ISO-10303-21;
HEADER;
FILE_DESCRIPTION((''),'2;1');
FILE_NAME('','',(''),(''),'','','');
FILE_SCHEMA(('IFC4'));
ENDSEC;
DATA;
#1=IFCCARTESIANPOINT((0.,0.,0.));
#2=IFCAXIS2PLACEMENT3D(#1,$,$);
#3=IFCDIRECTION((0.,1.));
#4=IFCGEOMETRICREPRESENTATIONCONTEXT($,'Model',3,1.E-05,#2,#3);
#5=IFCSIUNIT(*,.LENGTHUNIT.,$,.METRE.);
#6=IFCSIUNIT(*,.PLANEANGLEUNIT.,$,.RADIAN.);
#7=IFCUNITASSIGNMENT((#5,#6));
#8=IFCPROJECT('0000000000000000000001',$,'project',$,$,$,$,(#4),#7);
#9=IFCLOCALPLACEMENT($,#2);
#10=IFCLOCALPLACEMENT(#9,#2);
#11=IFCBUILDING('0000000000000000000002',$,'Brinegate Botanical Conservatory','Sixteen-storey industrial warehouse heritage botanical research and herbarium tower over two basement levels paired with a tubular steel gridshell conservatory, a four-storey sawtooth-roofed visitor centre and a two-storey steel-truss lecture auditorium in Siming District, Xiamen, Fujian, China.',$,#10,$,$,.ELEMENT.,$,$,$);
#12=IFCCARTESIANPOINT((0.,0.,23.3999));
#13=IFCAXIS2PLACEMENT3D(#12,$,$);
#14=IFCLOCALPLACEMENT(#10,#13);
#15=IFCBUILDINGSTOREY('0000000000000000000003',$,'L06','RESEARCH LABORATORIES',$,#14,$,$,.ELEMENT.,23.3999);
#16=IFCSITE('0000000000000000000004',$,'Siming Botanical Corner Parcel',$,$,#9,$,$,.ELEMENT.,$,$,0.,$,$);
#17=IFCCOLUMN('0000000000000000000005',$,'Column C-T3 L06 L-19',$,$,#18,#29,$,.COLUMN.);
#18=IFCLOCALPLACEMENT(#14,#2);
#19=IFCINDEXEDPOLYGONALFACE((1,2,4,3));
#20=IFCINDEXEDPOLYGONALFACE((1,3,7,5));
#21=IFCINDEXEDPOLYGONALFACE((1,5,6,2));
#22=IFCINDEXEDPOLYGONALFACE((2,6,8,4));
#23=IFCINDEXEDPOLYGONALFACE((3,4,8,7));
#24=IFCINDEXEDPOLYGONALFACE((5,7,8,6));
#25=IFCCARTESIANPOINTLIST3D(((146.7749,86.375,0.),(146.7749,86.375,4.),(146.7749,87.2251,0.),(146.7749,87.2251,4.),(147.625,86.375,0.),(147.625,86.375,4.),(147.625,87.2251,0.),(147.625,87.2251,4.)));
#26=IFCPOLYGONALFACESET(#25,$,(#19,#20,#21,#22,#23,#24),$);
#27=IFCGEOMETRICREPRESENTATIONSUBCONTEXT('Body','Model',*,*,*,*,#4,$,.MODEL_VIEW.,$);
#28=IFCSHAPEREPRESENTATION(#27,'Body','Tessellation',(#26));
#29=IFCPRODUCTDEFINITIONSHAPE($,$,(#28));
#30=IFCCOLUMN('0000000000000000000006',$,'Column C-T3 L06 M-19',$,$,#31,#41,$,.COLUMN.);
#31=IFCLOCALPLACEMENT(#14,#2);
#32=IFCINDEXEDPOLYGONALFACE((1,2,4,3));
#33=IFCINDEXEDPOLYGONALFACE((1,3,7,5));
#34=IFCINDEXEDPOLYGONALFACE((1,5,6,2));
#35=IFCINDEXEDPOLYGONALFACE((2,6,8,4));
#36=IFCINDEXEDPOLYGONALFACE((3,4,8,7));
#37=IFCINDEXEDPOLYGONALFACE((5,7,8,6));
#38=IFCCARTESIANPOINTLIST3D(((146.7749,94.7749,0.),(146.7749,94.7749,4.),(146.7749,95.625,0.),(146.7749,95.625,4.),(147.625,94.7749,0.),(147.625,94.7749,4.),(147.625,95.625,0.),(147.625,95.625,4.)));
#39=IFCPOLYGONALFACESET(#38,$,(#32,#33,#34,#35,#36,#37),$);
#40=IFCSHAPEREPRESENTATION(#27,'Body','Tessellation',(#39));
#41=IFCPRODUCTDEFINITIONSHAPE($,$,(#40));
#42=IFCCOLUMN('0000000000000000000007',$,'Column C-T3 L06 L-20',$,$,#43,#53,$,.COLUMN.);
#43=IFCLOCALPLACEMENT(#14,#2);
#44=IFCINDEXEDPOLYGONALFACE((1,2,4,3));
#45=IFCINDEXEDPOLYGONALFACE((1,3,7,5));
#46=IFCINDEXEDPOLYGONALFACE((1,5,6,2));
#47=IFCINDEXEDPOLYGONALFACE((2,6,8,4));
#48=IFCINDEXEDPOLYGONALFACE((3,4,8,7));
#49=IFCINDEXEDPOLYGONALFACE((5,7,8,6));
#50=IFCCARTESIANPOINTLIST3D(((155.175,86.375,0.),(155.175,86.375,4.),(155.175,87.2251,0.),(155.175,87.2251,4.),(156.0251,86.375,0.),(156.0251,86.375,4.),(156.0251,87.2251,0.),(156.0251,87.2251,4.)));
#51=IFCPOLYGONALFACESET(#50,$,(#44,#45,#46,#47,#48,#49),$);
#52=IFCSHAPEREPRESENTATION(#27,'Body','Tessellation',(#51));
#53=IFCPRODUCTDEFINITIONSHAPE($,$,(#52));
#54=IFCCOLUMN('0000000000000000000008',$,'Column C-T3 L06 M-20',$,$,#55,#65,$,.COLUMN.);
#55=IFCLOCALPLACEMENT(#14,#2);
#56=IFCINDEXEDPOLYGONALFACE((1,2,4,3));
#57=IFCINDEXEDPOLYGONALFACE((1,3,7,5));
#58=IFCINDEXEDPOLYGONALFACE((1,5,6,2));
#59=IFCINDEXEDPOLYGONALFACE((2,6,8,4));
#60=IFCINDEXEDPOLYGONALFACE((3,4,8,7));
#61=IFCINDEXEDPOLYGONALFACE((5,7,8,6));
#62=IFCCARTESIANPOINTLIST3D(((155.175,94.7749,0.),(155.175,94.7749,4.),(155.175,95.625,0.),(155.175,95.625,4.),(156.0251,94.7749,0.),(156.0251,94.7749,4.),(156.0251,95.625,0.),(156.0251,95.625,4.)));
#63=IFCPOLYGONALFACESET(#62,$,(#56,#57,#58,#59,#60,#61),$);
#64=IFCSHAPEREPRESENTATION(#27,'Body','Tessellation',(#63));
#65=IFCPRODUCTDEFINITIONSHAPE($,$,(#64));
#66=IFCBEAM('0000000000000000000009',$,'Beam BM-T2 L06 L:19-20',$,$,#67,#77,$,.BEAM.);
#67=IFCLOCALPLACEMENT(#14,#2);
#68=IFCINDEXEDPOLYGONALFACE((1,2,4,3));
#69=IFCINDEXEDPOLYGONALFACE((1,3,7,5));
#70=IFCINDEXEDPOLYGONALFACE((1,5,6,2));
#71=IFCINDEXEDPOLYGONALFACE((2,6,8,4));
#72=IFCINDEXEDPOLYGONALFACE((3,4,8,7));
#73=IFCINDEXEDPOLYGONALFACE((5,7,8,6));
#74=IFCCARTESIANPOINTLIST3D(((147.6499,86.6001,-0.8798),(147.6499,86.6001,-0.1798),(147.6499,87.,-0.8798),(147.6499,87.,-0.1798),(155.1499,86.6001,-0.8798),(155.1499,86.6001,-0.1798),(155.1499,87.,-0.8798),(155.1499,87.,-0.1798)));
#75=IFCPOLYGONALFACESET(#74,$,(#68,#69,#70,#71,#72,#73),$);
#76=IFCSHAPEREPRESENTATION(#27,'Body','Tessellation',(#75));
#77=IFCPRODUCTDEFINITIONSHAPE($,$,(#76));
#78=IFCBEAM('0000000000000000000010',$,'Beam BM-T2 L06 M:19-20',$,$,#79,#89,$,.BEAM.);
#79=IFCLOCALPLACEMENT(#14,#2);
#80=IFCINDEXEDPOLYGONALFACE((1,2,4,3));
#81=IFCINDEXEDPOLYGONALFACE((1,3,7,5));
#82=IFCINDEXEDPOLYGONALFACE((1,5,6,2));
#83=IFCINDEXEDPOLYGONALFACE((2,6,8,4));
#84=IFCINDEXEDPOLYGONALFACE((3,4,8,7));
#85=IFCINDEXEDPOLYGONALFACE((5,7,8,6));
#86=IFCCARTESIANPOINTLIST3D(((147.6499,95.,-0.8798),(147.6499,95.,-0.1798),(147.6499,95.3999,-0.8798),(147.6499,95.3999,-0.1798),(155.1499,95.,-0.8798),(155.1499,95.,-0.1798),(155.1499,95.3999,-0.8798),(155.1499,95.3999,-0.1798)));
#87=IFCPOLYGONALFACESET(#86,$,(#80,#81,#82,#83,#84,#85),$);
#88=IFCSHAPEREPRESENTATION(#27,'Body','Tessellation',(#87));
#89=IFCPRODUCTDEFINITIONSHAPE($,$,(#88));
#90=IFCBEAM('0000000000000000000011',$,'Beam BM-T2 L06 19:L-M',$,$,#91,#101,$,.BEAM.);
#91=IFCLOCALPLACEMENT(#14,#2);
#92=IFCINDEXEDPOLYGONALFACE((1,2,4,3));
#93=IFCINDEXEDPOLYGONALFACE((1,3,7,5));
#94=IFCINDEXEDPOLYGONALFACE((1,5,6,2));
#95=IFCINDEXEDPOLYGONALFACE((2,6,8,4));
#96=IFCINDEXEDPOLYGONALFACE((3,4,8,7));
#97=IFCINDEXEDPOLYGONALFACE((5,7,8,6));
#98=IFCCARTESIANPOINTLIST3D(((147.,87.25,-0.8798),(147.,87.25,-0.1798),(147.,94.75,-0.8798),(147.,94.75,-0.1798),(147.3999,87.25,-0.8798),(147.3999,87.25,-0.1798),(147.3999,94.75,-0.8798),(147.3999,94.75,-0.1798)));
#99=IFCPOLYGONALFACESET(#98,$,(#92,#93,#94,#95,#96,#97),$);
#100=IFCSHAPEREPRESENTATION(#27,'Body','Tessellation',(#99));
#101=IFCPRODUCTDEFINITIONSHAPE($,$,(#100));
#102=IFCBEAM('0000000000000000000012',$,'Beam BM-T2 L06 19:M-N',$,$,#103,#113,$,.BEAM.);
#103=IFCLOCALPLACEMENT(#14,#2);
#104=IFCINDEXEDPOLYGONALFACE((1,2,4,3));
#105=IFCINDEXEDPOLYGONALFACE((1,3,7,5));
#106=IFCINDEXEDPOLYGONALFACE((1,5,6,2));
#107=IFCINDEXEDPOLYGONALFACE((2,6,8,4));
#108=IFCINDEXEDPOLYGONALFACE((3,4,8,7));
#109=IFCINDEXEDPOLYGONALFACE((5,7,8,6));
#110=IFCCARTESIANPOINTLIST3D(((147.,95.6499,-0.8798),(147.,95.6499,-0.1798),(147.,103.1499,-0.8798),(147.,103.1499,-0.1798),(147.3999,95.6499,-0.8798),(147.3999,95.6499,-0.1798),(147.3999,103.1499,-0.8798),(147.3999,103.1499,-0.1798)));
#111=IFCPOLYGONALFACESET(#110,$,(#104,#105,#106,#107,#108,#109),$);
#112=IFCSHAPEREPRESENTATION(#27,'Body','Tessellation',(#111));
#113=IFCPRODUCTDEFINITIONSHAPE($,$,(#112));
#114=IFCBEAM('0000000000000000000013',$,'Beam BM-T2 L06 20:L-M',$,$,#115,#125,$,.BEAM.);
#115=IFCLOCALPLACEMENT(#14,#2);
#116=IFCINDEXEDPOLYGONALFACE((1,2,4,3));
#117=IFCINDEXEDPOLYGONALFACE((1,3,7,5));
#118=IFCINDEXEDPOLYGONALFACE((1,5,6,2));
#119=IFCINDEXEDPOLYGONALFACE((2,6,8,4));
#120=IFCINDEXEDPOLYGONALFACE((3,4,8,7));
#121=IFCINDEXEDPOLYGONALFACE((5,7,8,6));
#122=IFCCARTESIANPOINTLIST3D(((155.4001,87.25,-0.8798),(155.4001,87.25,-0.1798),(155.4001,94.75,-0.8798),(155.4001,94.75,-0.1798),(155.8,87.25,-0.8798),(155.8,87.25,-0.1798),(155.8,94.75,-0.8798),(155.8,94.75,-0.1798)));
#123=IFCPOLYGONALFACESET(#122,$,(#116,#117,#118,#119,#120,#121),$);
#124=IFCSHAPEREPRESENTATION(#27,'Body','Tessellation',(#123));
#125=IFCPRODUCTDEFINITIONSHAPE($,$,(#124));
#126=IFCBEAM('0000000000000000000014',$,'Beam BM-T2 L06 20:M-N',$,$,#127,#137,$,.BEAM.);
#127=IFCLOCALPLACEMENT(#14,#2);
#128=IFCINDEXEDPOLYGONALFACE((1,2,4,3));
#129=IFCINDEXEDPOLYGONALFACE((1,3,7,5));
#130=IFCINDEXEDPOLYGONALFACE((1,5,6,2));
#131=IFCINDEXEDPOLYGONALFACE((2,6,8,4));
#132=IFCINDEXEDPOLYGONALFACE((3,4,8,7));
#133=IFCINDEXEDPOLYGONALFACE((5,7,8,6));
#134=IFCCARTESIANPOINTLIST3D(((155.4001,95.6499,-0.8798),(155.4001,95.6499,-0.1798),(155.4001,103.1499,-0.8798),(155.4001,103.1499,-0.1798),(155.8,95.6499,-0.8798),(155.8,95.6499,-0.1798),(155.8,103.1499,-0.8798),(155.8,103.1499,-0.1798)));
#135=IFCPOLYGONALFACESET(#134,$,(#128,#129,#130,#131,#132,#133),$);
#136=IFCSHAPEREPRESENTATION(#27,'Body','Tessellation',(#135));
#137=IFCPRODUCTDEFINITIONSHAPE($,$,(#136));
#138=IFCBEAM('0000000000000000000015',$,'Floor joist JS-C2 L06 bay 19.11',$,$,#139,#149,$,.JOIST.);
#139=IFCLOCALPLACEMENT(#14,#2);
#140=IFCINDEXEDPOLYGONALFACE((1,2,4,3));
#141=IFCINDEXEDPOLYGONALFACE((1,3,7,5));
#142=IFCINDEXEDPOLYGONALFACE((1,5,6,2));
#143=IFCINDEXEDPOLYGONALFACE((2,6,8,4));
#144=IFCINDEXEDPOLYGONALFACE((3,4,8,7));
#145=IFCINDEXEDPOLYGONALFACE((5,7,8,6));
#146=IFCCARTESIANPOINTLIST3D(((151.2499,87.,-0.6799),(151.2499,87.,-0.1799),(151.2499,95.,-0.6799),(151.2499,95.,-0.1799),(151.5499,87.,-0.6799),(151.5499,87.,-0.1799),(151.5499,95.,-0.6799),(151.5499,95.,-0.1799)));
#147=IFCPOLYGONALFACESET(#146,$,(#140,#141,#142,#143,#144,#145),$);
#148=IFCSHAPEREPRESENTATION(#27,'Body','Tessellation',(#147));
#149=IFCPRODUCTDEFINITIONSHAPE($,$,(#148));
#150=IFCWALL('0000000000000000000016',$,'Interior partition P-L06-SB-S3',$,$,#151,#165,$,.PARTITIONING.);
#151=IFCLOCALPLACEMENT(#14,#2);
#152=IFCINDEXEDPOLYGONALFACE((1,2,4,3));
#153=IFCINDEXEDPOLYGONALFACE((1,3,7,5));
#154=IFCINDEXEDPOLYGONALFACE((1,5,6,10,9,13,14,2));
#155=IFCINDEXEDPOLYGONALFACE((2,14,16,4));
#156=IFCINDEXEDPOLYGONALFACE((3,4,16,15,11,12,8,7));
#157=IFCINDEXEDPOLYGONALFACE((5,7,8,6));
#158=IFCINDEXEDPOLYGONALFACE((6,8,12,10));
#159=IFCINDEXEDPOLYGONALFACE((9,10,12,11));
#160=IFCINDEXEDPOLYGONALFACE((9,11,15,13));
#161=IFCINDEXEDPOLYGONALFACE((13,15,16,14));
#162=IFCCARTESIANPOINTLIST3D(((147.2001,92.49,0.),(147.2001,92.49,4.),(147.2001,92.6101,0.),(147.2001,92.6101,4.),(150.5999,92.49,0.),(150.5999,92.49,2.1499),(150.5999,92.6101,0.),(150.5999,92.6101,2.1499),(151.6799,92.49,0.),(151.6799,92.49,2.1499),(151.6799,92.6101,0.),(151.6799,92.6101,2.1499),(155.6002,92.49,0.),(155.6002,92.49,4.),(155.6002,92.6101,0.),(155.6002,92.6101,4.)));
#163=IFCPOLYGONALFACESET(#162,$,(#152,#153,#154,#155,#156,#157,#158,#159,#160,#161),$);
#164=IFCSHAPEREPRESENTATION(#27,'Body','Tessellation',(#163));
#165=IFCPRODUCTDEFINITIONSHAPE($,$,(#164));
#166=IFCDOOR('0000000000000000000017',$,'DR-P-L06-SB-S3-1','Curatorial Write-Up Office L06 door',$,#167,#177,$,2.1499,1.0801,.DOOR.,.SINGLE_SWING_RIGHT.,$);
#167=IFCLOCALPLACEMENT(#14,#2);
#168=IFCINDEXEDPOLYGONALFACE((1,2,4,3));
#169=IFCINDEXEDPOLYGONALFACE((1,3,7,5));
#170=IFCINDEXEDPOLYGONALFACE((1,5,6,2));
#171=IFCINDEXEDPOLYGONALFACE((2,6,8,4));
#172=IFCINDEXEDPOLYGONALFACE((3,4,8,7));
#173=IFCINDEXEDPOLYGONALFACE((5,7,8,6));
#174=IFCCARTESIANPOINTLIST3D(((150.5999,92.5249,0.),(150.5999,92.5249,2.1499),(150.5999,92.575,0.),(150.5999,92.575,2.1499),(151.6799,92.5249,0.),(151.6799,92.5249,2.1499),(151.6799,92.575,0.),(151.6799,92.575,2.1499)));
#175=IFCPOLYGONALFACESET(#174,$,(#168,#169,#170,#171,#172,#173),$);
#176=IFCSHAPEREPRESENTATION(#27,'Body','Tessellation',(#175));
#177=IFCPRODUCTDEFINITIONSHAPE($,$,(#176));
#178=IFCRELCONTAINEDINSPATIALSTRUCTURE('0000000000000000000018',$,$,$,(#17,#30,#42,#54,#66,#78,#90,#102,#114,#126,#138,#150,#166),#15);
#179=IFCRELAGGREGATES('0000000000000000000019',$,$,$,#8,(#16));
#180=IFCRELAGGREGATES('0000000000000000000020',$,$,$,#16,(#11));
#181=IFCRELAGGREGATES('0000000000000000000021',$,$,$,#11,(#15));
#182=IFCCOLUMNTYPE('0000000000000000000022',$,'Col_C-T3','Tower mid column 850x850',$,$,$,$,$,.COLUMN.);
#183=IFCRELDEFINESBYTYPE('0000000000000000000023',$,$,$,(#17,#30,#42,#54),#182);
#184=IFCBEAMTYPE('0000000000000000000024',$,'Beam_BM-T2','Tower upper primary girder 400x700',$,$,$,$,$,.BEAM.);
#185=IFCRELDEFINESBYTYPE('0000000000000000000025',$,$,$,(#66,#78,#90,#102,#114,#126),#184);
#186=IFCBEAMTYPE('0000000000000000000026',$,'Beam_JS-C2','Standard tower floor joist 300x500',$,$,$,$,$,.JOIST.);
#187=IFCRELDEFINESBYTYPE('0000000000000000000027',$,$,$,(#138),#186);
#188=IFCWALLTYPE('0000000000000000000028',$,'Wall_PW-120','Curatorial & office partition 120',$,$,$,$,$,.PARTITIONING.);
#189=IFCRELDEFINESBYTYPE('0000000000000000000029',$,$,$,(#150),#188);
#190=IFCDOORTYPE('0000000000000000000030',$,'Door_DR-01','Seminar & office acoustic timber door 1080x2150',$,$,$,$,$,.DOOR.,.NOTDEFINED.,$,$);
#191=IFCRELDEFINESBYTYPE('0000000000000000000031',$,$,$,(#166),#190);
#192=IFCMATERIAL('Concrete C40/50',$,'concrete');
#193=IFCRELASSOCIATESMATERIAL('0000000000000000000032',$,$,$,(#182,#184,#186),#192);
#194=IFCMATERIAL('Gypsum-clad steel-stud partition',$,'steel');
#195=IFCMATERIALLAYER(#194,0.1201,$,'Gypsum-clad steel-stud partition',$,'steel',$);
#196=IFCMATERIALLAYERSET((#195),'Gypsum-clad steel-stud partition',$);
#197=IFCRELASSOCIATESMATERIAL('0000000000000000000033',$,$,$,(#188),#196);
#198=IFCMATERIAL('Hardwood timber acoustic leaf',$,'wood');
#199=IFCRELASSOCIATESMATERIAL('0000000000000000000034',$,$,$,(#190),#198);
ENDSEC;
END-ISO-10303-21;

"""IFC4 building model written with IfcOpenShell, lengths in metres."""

from ifc_helpers import new_model, si_unit, direction, frame, frame_2d, origin, origin_2d, place, context, subcontext, project, spatial, rectangle, extrude, material, layer, layer_set, material_profile, profile_set, type_object, element, fill, save


model = new_model("IFC4")

# Units and contexts
model_context = context("Model", 3, precision=1e-05, world=origin(), true_north=direction((0.0, 1.0)))
body_context = subcontext(model_context, "Body", "Model", "MODEL_VIEW")
ifc_project = project(units=[si_unit("LENGTHUNIT", "METRE"), si_unit("PLANEANGLEUNIT", "RADIAN")], contexts=[model_context])

# Site, building, storey
site_placement = place(None, origin())
site = spatial("IfcSite", under=ifc_project, at=site_placement, Name="Siming Botanical Corner Parcel", CompositionType="ELEMENT", RefElevation=0.0)
building_placement = place(site_placement, origin())
building = spatial("IfcBuilding", under=site, at=building_placement, Name="Brinegate Botanical Conservatory", Description="Sixteen-storey industrial warehouse heritage botanical research and herbarium tower over two basement levels paired with a tubular steel gridshell conservatory, a four-storey sawtooth-roofed visitor centre and a two-storey steel-truss lecture auditorium in Siming District, Xiamen, Fujian, China.", CompositionType="ELEMENT")
storey_placement = place(building_placement, frame((0.0, 0.0, 23.3999)))
storey = spatial("IfcBuildingStorey", under=building, at=storey_placement, Name="L06", Description="RESEARCH LABORATORIES", CompositionType="ELEMENT", Elevation=23.3999)

# Columns
ifc_material_1 = material(Name="Concrete C40/50", Category="concrete")
ifc_material_profile_1 = material_profile(ifc_material_1, rectangle(XDim=0.8501, YDim=0.8501, at=origin_2d()), Name="RC COL 850x850")
ifc_profile_set_1 = profile_set([ifc_material_profile_1], Name="Concrete C40/50")
column_type = type_object("IfcColumnType", Name="Col_C-T3", Description="Tower mid column 850x850", PredefinedType="COLUMN", material=ifc_profile_set_1)
for number, where, z_axis, x_axis, name in (
    (1, (147.2, 86.8, 0.0), (0.0, 0.0, 1.0), (1.0, 0.0, 0.0), "Column C-T3 L06 L-19"),
    (2, (147.2, 95.2, 0.0), (0.0, 0.0, 1.0), (1.0, 0.0, 0.0), "Column C-T3 L06 M-19"),
    (3, (155.6001, 86.8, 0.0), (0.0, 0.0, 1.0), (1.0, 0.0, 0.0), "Column C-T3 L06 L-20"),
    (4, (155.6001, 95.2, 0.0), (0.0, 0.0, 1.0), (1.0, 0.0, 0.0), "Column C-T3 L06 M-20"),
):
    element("IfcColumn", number, at=place(storey_placement, frame(where, z_axis=z_axis, x_axis=x_axis)), inside=storey, type_object=column_type, Name=name, PredefinedType="COLUMN", context=body_context, shape_type="SweptSolid", body=[
        extrude(rectangle(XDim=0.8501, YDim=0.8501, at=origin_2d()), origin(), (0.0, 0.0, 1.0), 4.0),
    ])

# Beams
ifc_material_profile_2 = material_profile(ifc_material_1, rectangle(XDim=0.3999, YDim=0.7, at=origin_2d()), Name="RC BM 400x700")
ifc_profile_set_2 = profile_set([ifc_material_profile_2], Name="Concrete C40/50")
beam_type_1 = type_object("IfcBeamType", Name="Beam_BM-T2", Description="Tower upper primary girder 400x700", PredefinedType="BEAM", material=ifc_profile_set_2)
for number, where, z_axis, x_axis, name in (
    (5, (147.6499, 86.8, -0.5298), (1.0, 0.0, 0.0), (0.0, 1.0, 0.0), "Beam BM-T2 L06 L:19-20"),
    (6, (147.6499, 95.2, -0.5298), (1.0, 0.0, 0.0), (0.0, 1.0, 0.0), "Beam BM-T2 L06 M:19-20"),
    (7, (147.2, 87.25, -0.5298), (0.0, 1.0, 0.0), (-1.0, 0.0, 0.0), "Beam BM-T2 L06 19:L-M"),
    (8, (147.2, 95.6499, -0.5298), (0.0, 1.0, 0.0), (-1.0, 0.0, 0.0), "Beam BM-T2 L06 19:M-N"),
    (9, (155.6001, 87.25, -0.5298), (0.0, 1.0, 0.0), (-1.0, 0.0, 0.0), "Beam BM-T2 L06 20:L-M"),
    (10, (155.6001, 95.6499, -0.5298), (0.0, 1.0, 0.0), (-1.0, 0.0, 0.0), "Beam BM-T2 L06 20:M-N"),
):
    element("IfcBeam", number, at=place(storey_placement, frame(where, z_axis=z_axis, x_axis=x_axis)), inside=storey, type_object=beam_type_1, Name=name, PredefinedType="BEAM", context=body_context, shape_type="SweptSolid", body=[
        extrude(rectangle(XDim=0.3999, YDim=0.7, at=origin_2d()), origin(), (0.0, 0.0, 1.0), 7.5),
    ])
ifc_material_profile_3 = material_profile(ifc_material_1, rectangle(XDim=0.3, YDim=0.5, at=origin_2d()), Name="RC JST 300x500")
ifc_profile_set_3 = profile_set([ifc_material_profile_3], Name="Concrete C40/50")
beam_type_2 = type_object("IfcBeamType", Name="Beam_JS-C2", Description="Standard tower floor joist 300x500", PredefinedType="JOIST", material=ifc_profile_set_3)
beam_placement = place(storey_placement, frame((151.3999, 87.0, -0.4299), z_axis=(0.0, 1.0, 0.0), x_axis=(-1.0, 0.0, 0.0)))
element("IfcBeam", 11, at=beam_placement, inside=storey, type_object=beam_type_2, Name="Floor joist JS-C2 L06 bay 19.11", PredefinedType="JOIST", context=body_context, shape_type="SweptSolid", body=[
    extrude(rectangle(XDim=0.3, YDim=0.5, at=origin_2d()), origin(), (0.0, 0.0, 1.0), 8.0),
])

# Wall, opening, door
ifc_material_2 = material(Name="Gypsum-clad steel-stud partition", Category="steel")
ifc_layer_1 = layer(ifc_material_2, 0.1201, Name="Gypsum-clad steel-stud partition", Category="steel")
ifc_layer_set_1 = layer_set([ifc_layer_1], Name="Gypsum-clad steel-stud partition")
wall_type_1 = type_object("IfcWallType", Name="Wall_PW-120", Description="Curatorial & office partition 120", PredefinedType="PARTITIONING", material=ifc_layer_set_1)
wall_1_placement = place(storey_placement, frame((147.2, 92.55, 0.0), z_axis=(0.0, 0.0, 1.0), x_axis=(1.0, 0.0, 0.0)))
wall_1 = element("IfcWall", 12, at=wall_1_placement, inside=storey, type_object=wall_type_1, Name="Interior partition P-L06-SB-S3", PredefinedType="PARTITIONING", context=body_context, shape_type="SweptSolid", body=[
    extrude(rectangle(XDim=8.4001, YDim=0.1201, at=frame_2d((4.2002, 0.0))), origin(), (0.0, 0.0, 1.0), 4.0),
])
opening_1_placement = place(wall_1_placement, frame((3.3999, 0.0, 0.0)))
opening_1 = element("IfcOpeningElement", 13, at=opening_1_placement, cuts=wall_1, PredefinedType="OPENING", context=body_context, shape_type="SweptSolid", body=[
    extrude(rectangle(XDim=1.0801, YDim=2.1499, at=frame_2d((0.54, 1.075))), frame((0.0, 0.0701, 0.0), z_axis=(0.0, -1.0, 0.0), x_axis=(1.0, 0.0, 0.0)), (0.0, 0.0, 1.0), 0.1401),
])
ifc_material_3 = material(Name="Hardwood timber acoustic leaf", Category="wood")
door_type_1 = type_object("IfcDoorType", Name="Door_DR-01", Description="Seminar & office acoustic timber door 1080x2150", OperationType="NOTDEFINED", PredefinedType="DOOR", material=ifc_material_3)
door_1_placement = place(opening_1_placement, origin())
door_1 = element("IfcDoor", 14, at=door_1_placement, inside=storey, type_object=door_type_1, Name="DR-P-L06-SB-S3-1", Description="Curatorial Write-Up Office L06 door", OperationType="SINGLE_SWING_RIGHT", OverallHeight=2.1499, OverallWidth=1.0801, PredefinedType="DOOR", context=body_context, shape_type="SweptSolid", body=[
    extrude(rectangle(XDim=1.0801, YDim=2.1499, at=frame_2d((0.54, 1.075))), frame((0.0, 0.0249, 0.0), z_axis=(0.0, -1.0, 0.0), x_axis=(1.0, 0.0, 0.0)), (0.0, 0.0, 1.0), 0.05),
])
fill(opening_1, door_1)

save(model, "model.ifc")
